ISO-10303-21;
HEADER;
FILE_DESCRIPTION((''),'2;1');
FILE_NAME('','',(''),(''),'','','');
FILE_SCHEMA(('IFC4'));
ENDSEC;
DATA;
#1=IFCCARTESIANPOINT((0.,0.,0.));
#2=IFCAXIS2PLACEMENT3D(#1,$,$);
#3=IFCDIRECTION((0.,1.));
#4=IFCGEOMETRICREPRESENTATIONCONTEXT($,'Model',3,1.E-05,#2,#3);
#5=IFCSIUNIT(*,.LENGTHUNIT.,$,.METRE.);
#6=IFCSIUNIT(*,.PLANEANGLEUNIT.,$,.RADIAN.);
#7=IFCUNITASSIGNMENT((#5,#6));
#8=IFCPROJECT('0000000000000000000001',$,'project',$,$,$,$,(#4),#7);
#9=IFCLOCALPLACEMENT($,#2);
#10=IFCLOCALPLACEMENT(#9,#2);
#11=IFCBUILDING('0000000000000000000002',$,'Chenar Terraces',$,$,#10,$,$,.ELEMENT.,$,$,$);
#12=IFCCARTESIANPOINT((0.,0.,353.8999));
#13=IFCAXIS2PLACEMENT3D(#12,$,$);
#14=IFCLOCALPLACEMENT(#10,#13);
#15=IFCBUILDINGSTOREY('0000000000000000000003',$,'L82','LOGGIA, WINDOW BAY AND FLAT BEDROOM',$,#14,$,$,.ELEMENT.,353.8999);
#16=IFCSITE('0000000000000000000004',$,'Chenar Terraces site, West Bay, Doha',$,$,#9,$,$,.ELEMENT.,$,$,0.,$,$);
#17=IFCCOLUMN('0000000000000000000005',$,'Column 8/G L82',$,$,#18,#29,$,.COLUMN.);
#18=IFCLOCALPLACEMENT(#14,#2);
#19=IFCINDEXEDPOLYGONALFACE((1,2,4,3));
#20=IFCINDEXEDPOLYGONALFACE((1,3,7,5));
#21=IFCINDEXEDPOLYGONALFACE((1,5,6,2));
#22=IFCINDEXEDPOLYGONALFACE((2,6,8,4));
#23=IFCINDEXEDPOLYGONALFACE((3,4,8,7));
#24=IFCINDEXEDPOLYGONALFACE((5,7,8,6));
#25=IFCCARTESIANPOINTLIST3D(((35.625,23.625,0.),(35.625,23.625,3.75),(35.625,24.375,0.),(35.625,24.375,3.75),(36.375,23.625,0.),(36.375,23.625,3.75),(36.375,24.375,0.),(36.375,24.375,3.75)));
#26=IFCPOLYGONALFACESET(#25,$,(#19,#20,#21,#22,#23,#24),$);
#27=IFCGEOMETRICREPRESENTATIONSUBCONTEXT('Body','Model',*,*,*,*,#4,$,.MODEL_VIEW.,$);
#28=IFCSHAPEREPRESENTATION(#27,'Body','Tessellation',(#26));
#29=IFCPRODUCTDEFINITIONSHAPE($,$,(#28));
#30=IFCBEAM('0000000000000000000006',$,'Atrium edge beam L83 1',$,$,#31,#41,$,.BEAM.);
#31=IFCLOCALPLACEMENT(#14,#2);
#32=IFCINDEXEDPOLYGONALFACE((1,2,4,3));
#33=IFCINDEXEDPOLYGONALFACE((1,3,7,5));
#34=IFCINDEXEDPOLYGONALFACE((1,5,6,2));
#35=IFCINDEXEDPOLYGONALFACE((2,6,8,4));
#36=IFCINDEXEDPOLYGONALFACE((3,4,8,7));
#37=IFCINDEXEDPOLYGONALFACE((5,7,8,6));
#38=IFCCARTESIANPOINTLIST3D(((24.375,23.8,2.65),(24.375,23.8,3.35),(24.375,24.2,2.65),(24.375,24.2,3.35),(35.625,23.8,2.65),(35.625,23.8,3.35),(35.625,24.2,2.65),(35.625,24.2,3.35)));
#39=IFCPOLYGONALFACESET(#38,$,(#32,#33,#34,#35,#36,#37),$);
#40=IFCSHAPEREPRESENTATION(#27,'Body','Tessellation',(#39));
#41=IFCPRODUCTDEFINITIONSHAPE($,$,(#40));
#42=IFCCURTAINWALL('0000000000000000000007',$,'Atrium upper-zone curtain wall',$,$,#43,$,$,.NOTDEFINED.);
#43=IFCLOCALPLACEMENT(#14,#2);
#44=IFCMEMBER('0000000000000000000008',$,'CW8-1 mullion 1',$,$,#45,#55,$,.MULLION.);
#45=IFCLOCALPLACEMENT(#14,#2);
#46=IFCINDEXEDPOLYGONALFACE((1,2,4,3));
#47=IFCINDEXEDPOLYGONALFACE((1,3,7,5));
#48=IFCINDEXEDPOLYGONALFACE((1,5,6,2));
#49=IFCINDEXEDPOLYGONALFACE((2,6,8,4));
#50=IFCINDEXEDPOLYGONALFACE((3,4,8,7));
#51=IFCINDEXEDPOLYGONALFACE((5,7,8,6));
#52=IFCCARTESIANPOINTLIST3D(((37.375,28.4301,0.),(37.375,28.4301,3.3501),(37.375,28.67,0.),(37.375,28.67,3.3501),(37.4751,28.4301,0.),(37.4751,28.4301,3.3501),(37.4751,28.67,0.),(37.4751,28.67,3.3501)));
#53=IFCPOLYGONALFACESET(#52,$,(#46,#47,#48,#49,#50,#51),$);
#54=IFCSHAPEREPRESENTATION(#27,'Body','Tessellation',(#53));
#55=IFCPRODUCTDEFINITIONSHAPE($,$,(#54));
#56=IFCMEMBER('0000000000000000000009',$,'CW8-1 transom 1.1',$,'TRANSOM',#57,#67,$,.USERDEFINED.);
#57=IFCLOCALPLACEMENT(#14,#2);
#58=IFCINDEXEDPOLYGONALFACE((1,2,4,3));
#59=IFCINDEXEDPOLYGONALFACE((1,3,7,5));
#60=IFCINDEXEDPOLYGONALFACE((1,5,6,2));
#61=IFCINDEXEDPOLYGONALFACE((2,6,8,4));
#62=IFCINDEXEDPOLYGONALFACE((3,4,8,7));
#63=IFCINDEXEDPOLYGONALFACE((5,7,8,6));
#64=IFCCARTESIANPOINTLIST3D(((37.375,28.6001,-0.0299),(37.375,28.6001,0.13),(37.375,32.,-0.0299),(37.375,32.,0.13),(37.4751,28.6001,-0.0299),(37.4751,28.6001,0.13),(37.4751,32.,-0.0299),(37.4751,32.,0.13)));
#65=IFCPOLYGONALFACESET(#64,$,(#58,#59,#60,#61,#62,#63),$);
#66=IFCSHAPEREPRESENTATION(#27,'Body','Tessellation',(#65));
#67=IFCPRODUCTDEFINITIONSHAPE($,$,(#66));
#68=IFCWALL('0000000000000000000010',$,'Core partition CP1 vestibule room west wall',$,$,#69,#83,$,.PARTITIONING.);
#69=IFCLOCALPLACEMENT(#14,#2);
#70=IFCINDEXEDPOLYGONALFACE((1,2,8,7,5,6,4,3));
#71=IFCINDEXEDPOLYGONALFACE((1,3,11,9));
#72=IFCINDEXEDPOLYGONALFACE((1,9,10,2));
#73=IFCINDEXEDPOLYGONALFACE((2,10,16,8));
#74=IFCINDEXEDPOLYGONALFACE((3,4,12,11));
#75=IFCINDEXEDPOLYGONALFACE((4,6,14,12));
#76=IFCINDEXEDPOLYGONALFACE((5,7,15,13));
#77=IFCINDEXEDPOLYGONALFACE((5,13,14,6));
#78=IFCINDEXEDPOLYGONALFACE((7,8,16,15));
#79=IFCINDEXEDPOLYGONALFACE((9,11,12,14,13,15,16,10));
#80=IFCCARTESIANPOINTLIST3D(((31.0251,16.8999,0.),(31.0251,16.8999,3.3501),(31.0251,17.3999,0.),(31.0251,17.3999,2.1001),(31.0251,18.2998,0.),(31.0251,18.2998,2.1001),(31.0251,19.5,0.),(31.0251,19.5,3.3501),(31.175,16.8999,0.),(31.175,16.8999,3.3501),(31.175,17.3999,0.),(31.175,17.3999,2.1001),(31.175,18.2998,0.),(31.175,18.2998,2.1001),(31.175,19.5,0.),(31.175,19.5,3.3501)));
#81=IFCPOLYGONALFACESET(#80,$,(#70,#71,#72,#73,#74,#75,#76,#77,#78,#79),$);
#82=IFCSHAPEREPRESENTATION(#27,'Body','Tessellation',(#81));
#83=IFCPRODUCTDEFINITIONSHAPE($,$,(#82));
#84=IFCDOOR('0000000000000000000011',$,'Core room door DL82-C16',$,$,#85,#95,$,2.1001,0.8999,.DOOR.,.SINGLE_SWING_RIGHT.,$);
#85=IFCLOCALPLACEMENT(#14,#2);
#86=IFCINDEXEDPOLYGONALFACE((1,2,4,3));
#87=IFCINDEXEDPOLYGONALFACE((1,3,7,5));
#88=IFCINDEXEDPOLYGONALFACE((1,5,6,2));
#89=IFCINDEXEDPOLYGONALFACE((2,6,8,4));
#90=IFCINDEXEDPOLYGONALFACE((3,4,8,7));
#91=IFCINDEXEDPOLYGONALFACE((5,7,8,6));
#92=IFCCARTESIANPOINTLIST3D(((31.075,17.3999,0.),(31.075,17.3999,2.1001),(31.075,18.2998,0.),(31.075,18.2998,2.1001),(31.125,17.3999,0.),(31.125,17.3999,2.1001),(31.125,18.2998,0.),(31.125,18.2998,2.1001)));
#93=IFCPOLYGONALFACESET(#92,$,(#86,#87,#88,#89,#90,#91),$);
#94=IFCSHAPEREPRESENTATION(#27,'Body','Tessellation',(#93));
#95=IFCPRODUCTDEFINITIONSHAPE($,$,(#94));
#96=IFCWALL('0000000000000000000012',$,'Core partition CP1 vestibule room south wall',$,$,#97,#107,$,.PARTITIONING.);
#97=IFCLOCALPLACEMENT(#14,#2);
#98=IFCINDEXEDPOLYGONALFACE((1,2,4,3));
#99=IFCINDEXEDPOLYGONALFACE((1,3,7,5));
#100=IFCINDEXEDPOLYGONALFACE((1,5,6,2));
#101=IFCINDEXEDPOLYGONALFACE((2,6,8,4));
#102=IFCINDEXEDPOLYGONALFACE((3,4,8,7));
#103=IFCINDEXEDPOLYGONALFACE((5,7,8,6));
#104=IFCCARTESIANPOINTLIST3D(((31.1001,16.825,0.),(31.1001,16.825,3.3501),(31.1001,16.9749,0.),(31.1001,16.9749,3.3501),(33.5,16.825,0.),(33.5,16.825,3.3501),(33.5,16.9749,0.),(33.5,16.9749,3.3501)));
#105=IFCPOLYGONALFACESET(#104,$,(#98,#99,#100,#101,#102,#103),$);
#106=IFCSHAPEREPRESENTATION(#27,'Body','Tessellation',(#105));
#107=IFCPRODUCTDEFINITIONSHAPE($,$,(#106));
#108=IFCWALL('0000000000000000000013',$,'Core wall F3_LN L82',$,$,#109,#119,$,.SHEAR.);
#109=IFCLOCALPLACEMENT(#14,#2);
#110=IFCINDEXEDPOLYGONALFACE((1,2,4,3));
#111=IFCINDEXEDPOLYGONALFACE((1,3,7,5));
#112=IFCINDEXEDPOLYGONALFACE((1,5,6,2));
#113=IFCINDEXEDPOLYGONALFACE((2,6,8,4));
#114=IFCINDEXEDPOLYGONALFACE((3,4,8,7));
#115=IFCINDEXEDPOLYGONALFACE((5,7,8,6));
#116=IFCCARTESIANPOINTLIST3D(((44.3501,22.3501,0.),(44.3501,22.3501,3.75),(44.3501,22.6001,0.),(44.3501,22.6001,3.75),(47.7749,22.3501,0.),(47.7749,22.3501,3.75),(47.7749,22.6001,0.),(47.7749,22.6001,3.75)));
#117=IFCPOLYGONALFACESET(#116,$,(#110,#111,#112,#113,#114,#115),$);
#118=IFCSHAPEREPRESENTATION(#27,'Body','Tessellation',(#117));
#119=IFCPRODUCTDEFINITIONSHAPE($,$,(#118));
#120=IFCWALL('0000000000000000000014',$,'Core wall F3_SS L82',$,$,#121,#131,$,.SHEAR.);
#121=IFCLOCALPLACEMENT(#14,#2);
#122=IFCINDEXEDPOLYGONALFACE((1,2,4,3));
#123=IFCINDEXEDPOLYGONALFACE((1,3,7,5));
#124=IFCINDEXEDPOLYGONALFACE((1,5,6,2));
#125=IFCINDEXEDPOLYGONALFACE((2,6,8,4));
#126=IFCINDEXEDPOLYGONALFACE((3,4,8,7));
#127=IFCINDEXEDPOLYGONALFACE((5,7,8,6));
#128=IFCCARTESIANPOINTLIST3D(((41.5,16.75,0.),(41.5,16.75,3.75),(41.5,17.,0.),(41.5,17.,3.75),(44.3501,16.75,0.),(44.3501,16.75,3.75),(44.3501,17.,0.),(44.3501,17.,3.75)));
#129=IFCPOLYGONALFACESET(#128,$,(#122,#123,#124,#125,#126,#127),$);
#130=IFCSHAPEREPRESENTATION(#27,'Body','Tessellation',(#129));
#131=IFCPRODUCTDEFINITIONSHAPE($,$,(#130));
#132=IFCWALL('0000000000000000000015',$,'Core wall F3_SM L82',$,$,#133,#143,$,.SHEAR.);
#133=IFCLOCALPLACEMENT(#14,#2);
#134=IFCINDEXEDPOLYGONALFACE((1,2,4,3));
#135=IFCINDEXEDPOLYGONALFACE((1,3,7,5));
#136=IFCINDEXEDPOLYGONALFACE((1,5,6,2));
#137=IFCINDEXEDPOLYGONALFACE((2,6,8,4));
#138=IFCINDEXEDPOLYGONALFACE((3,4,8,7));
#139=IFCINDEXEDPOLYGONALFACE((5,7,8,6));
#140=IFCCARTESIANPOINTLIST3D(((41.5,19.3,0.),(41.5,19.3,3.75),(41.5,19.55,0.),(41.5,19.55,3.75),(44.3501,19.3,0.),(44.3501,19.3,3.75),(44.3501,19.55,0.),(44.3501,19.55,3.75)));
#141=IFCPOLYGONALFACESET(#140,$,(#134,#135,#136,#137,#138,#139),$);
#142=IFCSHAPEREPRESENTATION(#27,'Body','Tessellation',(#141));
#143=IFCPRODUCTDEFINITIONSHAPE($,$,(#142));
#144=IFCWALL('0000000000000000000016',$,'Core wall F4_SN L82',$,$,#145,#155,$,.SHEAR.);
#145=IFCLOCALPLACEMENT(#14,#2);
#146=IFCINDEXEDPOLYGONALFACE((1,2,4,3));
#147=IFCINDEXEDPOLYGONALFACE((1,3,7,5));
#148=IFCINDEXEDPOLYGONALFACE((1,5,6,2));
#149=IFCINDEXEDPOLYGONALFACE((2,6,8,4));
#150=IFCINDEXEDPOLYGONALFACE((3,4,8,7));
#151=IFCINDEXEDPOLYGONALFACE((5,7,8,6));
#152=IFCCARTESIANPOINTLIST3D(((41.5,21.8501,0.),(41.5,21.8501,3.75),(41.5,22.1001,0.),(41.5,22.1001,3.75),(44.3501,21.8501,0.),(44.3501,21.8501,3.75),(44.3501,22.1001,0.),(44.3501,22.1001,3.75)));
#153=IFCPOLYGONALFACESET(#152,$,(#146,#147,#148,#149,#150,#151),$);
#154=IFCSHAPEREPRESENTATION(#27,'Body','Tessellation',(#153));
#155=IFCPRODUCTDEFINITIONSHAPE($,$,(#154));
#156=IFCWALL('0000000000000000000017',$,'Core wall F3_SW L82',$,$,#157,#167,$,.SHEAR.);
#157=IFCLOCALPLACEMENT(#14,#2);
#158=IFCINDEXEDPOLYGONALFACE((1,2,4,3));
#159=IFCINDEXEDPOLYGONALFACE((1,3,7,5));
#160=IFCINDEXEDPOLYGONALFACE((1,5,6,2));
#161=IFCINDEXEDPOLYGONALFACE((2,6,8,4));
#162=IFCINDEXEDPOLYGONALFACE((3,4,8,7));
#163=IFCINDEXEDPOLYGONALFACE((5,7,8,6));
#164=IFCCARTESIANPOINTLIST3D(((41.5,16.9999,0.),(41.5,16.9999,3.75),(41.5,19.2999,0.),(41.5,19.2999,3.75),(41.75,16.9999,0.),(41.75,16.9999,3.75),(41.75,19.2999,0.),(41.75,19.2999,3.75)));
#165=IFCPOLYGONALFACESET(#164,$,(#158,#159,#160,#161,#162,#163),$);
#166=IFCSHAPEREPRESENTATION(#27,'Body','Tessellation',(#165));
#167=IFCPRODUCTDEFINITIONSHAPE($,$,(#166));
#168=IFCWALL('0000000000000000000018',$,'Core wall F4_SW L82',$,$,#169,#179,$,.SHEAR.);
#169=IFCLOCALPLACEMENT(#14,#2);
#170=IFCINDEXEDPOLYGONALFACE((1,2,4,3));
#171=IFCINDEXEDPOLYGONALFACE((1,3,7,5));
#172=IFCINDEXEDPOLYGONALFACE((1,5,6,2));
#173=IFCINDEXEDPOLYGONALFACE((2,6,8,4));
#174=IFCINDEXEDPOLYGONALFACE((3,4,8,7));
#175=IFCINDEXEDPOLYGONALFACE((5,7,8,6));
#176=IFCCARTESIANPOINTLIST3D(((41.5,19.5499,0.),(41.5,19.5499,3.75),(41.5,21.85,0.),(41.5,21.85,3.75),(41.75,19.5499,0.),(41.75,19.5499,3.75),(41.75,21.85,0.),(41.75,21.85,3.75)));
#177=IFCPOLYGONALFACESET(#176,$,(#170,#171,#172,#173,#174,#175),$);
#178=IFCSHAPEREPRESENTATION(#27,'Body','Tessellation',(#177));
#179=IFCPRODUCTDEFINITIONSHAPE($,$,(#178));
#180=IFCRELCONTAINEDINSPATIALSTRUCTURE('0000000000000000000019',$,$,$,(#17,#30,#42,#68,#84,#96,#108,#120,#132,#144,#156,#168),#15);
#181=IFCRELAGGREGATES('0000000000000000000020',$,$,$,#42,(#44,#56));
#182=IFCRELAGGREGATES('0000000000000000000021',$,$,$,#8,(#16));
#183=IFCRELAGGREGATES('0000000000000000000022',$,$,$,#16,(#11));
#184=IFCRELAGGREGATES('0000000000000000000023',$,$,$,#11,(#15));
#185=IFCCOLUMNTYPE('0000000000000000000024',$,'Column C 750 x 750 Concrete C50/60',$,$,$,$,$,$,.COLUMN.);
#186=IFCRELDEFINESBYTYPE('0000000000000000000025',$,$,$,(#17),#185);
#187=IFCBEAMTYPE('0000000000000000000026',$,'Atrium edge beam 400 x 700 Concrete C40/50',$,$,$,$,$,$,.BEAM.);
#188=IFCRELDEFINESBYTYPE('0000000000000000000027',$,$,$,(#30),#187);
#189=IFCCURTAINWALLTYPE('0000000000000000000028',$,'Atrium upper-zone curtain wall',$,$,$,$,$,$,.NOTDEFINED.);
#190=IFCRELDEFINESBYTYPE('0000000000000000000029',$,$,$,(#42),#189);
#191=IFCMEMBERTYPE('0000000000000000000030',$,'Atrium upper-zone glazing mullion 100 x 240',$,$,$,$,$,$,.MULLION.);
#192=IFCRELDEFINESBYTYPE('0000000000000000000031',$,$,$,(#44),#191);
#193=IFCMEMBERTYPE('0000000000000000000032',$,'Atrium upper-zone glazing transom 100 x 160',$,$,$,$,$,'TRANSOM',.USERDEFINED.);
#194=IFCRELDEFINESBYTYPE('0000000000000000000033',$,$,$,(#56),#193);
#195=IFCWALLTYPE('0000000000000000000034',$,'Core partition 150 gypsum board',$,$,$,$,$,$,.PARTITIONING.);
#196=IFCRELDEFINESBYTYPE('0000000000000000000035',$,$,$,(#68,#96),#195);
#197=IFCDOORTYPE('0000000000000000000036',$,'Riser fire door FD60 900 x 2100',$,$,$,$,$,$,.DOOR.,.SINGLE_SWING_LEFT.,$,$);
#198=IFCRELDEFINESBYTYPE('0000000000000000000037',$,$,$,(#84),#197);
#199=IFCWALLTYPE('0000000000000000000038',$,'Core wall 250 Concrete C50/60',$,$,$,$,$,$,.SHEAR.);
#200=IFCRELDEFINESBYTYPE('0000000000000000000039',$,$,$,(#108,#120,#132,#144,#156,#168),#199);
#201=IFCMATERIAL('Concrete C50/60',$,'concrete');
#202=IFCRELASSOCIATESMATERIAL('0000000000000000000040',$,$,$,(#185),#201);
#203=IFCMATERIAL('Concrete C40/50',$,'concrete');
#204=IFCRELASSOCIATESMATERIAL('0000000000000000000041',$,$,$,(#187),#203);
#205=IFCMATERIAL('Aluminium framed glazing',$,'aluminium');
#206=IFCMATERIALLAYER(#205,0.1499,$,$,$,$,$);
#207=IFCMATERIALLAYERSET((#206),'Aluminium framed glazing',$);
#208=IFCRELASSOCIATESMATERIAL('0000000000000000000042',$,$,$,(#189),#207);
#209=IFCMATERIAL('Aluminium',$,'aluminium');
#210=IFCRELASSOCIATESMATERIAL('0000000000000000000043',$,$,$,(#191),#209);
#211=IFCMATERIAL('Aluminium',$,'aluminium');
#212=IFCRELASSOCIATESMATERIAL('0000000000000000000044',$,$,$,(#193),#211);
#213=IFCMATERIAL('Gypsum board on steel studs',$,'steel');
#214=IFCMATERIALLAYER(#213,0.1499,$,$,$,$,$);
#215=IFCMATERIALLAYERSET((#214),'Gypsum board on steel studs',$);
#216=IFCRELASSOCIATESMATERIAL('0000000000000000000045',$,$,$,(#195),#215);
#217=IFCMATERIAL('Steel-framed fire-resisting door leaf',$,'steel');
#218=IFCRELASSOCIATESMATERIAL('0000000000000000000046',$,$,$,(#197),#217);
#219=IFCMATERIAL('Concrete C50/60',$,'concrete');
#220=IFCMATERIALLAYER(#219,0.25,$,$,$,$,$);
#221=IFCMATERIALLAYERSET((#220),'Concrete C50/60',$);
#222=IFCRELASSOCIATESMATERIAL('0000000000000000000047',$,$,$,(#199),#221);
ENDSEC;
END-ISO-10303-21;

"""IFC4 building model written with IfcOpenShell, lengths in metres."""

from ifc_helpers import new_model, si_unit, direction, frame, frame_2d, origin, origin_2d, place, context, subcontext, project, spatial, rectangle, extrude, material, layer, layer_set, material_profile, profile_set, type_object, element, fill, aggregate, save


model = new_model("IFC4")

# Units and contexts
model_context = context("Model", 3, precision=1e-05, world=origin(), true_north=direction((0.0, 1.0)))
body_context = subcontext(model_context, "Body", "Model", "MODEL_VIEW")
ifc_project = project(units=[si_unit("LENGTHUNIT", "METRE"), si_unit("PLANEANGLEUNIT", "RADIAN")], contexts=[model_context])

# Site, building, storey
site_placement = place(None, origin())
site = spatial("IfcSite", under=ifc_project, at=site_placement, Name="Chenar Terraces site, West Bay, Doha", CompositionType="ELEMENT", RefElevation=0.0)
building_placement = place(site_placement, origin())
building = spatial("IfcBuilding", under=site, at=building_placement, Name="Chenar Terraces", CompositionType="ELEMENT")
storey_placement = place(building_placement, frame((0.0, 0.0, 353.8999)))
storey = spatial("IfcBuildingStorey", under=building, at=storey_placement, Name="L82", Description="LOGGIA, WINDOW BAY AND FLAT BEDROOM", CompositionType="ELEMENT", Elevation=353.8999)

# Column
ifc_material_1 = material(Name="Concrete C50/60", Category="concrete")
ifc_material_profile_1 = material_profile(ifc_material_1, rectangle(XDim=0.75, YDim=0.75, at=origin_2d()), Name="C 750 x 750")
ifc_profile_set_1 = profile_set([ifc_material_profile_1], Name="Concrete C50/60")
column_type = type_object("IfcColumnType", Name="Column C 750 x 750 Concrete C50/60", PredefinedType="COLUMN", material=ifc_profile_set_1)
column_placement = place(storey_placement, frame((36.0, 24.0, 0.0), z_axis=(0.0, 0.0, 1.0), x_axis=(1.0, 0.0, 0.0)))
element("IfcColumn", 1, at=column_placement, inside=storey, type_object=column_type, Name="Column 8/G L82", PredefinedType="COLUMN", context=body_context, shape_type="SweptSolid", body=[
    extrude(rectangle(XDim=0.75, YDim=0.75, at=origin_2d()), origin(), (0.0, 0.0, 1.0), 3.75),
])

# Beam
ifc_material_2 = material(Name="Concrete C40/50", Category="concrete")
ifc_material_profile_2 = material_profile(ifc_material_2, rectangle(XDim=0.3999, YDim=0.7, at=origin_2d()), Name="RC 400 x 700")
ifc_profile_set_2 = profile_set([ifc_material_profile_2], Name="Concrete C40/50")
beam_type = type_object("IfcBeamType", Name="Atrium edge beam 400 x 700 Concrete C40/50", PredefinedType="BEAM", material=ifc_profile_set_2)
beam_placement = place(storey_placement, frame((24.375, 24.0, 3.0), z_axis=(1.0, 0.0, 0.0), x_axis=(0.0, 1.0, 0.0)))
element("IfcBeam", 2, at=beam_placement, inside=storey, type_object=beam_type, Name="Atrium edge beam L83 1", PredefinedType="BEAM", context=body_context, shape_type="SweptSolid", body=[
    extrude(rectangle(XDim=0.3999, YDim=0.7, at=origin_2d()), origin(), (0.0, 0.0, 1.0), 11.25),
])

# Curtain wall, members
ifc_material_3 = material(Name="Aluminium framed glazing", Category="aluminium")
ifc_layer_1 = layer(ifc_material_3, 0.1499)
ifc_layer_set_1 = layer_set([ifc_layer_1], Name="Aluminium framed glazing")
curtain_wall_type = type_object("IfcCurtainWallType", Name="Atrium upper-zone curtain wall", PredefinedType="NOTDEFINED", material=ifc_layer_set_1)
curtain_wall_placement = place(storey_placement, origin())
curtain_wall = element("IfcCurtainWall", 3, at=curtain_wall_placement, inside=storey, type_object=curtain_wall_type, Name="Atrium upper-zone curtain wall", PredefinedType="NOTDEFINED")
ifc_material_4 = material(Name="Aluminium", Category="aluminium")
ifc_material_profile_3 = material_profile(ifc_material_4, rectangle(XDim=0.1001, YDim=0.24, at=origin_2d()), Name="Atrium upper-zone glazing mullion 100 x 240")
ifc_profile_set_3 = profile_set([ifc_material_profile_3], Name="Aluminium")
member_type_1 = type_object("IfcMemberType", Name="Atrium upper-zone glazing mullion 100 x 240", PredefinedType="MULLION", material=ifc_profile_set_3)
member_1_placement = place(storey_placement, frame((37.425, 28.55, 0.0), z_axis=(0.0, 0.0, 1.0), x_axis=(-1.0, 0.0, 0.0)))
member_1 = element("IfcMember", 4, at=member_1_placement, type_object=member_type_1, Name="CW8-1 mullion 1", PredefinedType="MULLION", context=body_context, shape_type="SweptSolid", body=[
    extrude(rectangle(XDim=0.1001, YDim=0.24, at=origin_2d()), origin(), (0.0, 0.0, 1.0), 3.3501),
])
ifc_material_5 = material(Name="Aluminium", Category="aluminium")
ifc_material_profile_4 = material_profile(ifc_material_5, rectangle(XDim=0.1001, YDim=0.1599, at=origin_2d()), Name="Atrium upper-zone glazing transom 100 x 160")
ifc_profile_set_4 = profile_set([ifc_material_profile_4], Name="Aluminium")
member_type_2 = type_object("IfcMemberType", Name="Atrium upper-zone glazing transom 100 x 160", ElementType="TRANSOM", PredefinedType="USERDEFINED", material=ifc_profile_set_4)
member_2_placement = place(storey_placement, frame((37.425, 28.6001, 0.05), z_axis=(0.0, 1.0, 0.0), x_axis=(-1.0, 0.0, 0.0)))
member_2 = element("IfcMember", 5, at=member_2_placement, type_object=member_type_2, Name="CW8-1 transom 1.1", ObjectType="TRANSOM", PredefinedType="USERDEFINED", context=body_context, shape_type="SweptSolid", body=[
    extrude(rectangle(XDim=0.1001, YDim=0.1599, at=origin_2d()), origin(), (0.0, 0.0, 1.0), 3.3999),
])
aggregate(curtain_wall, [member_1, member_2])

# Wall, opening, door
ifc_material_6 = material(Name="Gypsum board on steel studs", Category="steel")
ifc_layer_2 = layer(ifc_material_6, 0.1499)
ifc_layer_set_2 = layer_set([ifc_layer_2], Name="Gypsum board on steel studs")
wall_type_1 = type_object("IfcWallType", Name="Core partition 150 gypsum board", PredefinedType="PARTITIONING", material=ifc_layer_set_2)
wall_1_placement = place(storey_placement, frame((31.1001, 16.8999, 0.0), z_axis=(0.0, 0.0, 1.0), x_axis=(0.0, 1.0, 0.0)))
wall_1 = element("IfcWall", 6, at=wall_1_placement, inside=storey, type_object=wall_type_1, Name="Core partition CP1 vestibule room west wall", PredefinedType="PARTITIONING", context=body_context, shape_type="SweptSolid", body=[
    extrude(rectangle(XDim=2.6001, YDim=0.1499, at=frame_2d((1.3, 0.0))), origin(), (0.0, 0.0, 1.0), 3.3501),
])
opening_1_placement = place(wall_1_placement, frame((0.5, 0.0, 0.0)))
opening_1 = element("IfcOpeningElement", 7, at=opening_1_placement, cuts=wall_1, PredefinedType="OPENING", context=body_context, shape_type="SweptSolid", body=[
    extrude(rectangle(XDim=0.8999, YDim=2.1001, at=frame_2d((0.45, 1.05))), frame((0.0, 0.085, 0.0), z_axis=(0.0, -1.0, 0.0), x_axis=(1.0, 0.0, 0.0)), (0.0, 0.0, 1.0), 0.1699),
])
ifc_material_7 = material(Name="Steel-framed fire-resisting door leaf", Category="steel")
door_type = type_object("IfcDoorType", Name="Riser fire door FD60 900 x 2100", OperationType="SINGLE_SWING_LEFT", PredefinedType="DOOR", material=ifc_material_7)
door_placement = place(opening_1_placement, frame((0.8999, 0.0, 0.0), z_axis=(0.0, 0.0, 1.0), x_axis=(-1.0, 0.0, 0.0)))
door = element("IfcDoor", 8, at=door_placement, inside=storey, type_object=door_type, Name="Core room door DL82-C16", OperationType="SINGLE_SWING_RIGHT", OverallHeight=2.1001, OverallWidth=0.8999, PredefinedType="DOOR", context=body_context, shape_type="SweptSolid", body=[
    extrude(rectangle(XDim=0.8999, YDim=2.1001, at=frame_2d((0.45, 1.05))), frame((0.0, 0.0249, 0.0), z_axis=(0.0, -1.0, 0.0), x_axis=(1.0, 0.0, 0.0)), (0.0, 0.0, 1.0), 0.05),
])
fill(opening_1, door)

# Walls
wall_2_placement = place(storey_placement, frame((31.1001, 16.8999, 0.0), z_axis=(0.0, 0.0, 1.0), x_axis=(1.0, 0.0, 0.0)))
element("IfcWall", 9, at=wall_2_placement, inside=storey, type_object=wall_type_1, Name="Core partition CP1 vestibule room south wall", PredefinedType="PARTITIONING", context=body_context, shape_type="SweptSolid", body=[
    extrude(rectangle(XDim=2.3999, YDim=0.1499, at=frame_2d((1.2, 0.0))), origin(), (0.0, 0.0, 1.0), 3.3501),
])
ifc_material_8 = material(Name="Concrete C50/60", Category="concrete")
ifc_layer_3 = layer(ifc_material_8, 0.25)
ifc_layer_set_3 = layer_set([ifc_layer_3], Name="Concrete C50/60")
wall_type_2 = type_object("IfcWallType", Name="Core wall 250 Concrete C50/60", PredefinedType="SHEAR", material=ifc_layer_set_3)
wall_3_placement = place(storey_placement, frame((44.3501, 22.4751, 0.0), z_axis=(0.0, 0.0, 1.0), x_axis=(1.0, 0.0, 0.0)))
element("IfcWall", 10, at=wall_3_placement, inside=storey, type_object=wall_type_2, Name="Core wall F3_LN L82", PredefinedType="SHEAR", context=body_context, shape_type="SweptSolid", body=[
    extrude(rectangle(XDim=3.4248, YDim=0.25, at=frame_2d((1.7124, 0.0))), origin(), (0.0, 0.0, 1.0), 3.75),
])
for number, where, z_axis, x_axis, name in (
    (11, (41.5, 16.875, 0.0), (0.0, 0.0, 1.0), (1.0, 0.0, 0.0), "Core wall F3_SS L82"),
    (12, (41.5, 19.425, 0.0), (0.0, 0.0, 1.0), (1.0, 0.0, 0.0), "Core wall F3_SM L82"),
    (13, (41.5, 21.9751, 0.0), (0.0, 0.0, 1.0), (1.0, 0.0, 0.0), "Core wall F4_SN L82"),
):
    element("IfcWall", number, at=place(storey_placement, frame(where, z_axis=z_axis, x_axis=x_axis)), inside=storey, type_object=wall_type_2, Name=name, PredefinedType="SHEAR", context=body_context, shape_type="SweptSolid", body=[
        extrude(rectangle(XDim=2.8501, YDim=0.25, at=frame_2d((1.425, 0.0))), origin(), (0.0, 0.0, 1.0), 3.75),
    ])
for number, where, z_axis, x_axis, name in (
    (14, (41.625, 17.0, 0.0), (0.0, 0.0, 1.0), (0.0, 1.0, 0.0), "Core wall F3_SW L82"),
    (15, (41.625, 19.55, 0.0), (0.0, 0.0, 1.0), (0.0, 1.0, 0.0), "Core wall F4_SW L82"),
):
    element("IfcWall", number, at=place(storey_placement, frame(where, z_axis=z_axis, x_axis=x_axis)), inside=storey, type_object=wall_type_2, Name=name, PredefinedType="SHEAR", context=body_context, shape_type="SweptSolid", body=[
        extrude(rectangle(XDim=2.3, YDim=0.25, at=frame_2d((1.1499, 0.0))), origin(), (0.0, 0.0, 1.0), 3.75),
    ])

save(model, "model.ifc")
